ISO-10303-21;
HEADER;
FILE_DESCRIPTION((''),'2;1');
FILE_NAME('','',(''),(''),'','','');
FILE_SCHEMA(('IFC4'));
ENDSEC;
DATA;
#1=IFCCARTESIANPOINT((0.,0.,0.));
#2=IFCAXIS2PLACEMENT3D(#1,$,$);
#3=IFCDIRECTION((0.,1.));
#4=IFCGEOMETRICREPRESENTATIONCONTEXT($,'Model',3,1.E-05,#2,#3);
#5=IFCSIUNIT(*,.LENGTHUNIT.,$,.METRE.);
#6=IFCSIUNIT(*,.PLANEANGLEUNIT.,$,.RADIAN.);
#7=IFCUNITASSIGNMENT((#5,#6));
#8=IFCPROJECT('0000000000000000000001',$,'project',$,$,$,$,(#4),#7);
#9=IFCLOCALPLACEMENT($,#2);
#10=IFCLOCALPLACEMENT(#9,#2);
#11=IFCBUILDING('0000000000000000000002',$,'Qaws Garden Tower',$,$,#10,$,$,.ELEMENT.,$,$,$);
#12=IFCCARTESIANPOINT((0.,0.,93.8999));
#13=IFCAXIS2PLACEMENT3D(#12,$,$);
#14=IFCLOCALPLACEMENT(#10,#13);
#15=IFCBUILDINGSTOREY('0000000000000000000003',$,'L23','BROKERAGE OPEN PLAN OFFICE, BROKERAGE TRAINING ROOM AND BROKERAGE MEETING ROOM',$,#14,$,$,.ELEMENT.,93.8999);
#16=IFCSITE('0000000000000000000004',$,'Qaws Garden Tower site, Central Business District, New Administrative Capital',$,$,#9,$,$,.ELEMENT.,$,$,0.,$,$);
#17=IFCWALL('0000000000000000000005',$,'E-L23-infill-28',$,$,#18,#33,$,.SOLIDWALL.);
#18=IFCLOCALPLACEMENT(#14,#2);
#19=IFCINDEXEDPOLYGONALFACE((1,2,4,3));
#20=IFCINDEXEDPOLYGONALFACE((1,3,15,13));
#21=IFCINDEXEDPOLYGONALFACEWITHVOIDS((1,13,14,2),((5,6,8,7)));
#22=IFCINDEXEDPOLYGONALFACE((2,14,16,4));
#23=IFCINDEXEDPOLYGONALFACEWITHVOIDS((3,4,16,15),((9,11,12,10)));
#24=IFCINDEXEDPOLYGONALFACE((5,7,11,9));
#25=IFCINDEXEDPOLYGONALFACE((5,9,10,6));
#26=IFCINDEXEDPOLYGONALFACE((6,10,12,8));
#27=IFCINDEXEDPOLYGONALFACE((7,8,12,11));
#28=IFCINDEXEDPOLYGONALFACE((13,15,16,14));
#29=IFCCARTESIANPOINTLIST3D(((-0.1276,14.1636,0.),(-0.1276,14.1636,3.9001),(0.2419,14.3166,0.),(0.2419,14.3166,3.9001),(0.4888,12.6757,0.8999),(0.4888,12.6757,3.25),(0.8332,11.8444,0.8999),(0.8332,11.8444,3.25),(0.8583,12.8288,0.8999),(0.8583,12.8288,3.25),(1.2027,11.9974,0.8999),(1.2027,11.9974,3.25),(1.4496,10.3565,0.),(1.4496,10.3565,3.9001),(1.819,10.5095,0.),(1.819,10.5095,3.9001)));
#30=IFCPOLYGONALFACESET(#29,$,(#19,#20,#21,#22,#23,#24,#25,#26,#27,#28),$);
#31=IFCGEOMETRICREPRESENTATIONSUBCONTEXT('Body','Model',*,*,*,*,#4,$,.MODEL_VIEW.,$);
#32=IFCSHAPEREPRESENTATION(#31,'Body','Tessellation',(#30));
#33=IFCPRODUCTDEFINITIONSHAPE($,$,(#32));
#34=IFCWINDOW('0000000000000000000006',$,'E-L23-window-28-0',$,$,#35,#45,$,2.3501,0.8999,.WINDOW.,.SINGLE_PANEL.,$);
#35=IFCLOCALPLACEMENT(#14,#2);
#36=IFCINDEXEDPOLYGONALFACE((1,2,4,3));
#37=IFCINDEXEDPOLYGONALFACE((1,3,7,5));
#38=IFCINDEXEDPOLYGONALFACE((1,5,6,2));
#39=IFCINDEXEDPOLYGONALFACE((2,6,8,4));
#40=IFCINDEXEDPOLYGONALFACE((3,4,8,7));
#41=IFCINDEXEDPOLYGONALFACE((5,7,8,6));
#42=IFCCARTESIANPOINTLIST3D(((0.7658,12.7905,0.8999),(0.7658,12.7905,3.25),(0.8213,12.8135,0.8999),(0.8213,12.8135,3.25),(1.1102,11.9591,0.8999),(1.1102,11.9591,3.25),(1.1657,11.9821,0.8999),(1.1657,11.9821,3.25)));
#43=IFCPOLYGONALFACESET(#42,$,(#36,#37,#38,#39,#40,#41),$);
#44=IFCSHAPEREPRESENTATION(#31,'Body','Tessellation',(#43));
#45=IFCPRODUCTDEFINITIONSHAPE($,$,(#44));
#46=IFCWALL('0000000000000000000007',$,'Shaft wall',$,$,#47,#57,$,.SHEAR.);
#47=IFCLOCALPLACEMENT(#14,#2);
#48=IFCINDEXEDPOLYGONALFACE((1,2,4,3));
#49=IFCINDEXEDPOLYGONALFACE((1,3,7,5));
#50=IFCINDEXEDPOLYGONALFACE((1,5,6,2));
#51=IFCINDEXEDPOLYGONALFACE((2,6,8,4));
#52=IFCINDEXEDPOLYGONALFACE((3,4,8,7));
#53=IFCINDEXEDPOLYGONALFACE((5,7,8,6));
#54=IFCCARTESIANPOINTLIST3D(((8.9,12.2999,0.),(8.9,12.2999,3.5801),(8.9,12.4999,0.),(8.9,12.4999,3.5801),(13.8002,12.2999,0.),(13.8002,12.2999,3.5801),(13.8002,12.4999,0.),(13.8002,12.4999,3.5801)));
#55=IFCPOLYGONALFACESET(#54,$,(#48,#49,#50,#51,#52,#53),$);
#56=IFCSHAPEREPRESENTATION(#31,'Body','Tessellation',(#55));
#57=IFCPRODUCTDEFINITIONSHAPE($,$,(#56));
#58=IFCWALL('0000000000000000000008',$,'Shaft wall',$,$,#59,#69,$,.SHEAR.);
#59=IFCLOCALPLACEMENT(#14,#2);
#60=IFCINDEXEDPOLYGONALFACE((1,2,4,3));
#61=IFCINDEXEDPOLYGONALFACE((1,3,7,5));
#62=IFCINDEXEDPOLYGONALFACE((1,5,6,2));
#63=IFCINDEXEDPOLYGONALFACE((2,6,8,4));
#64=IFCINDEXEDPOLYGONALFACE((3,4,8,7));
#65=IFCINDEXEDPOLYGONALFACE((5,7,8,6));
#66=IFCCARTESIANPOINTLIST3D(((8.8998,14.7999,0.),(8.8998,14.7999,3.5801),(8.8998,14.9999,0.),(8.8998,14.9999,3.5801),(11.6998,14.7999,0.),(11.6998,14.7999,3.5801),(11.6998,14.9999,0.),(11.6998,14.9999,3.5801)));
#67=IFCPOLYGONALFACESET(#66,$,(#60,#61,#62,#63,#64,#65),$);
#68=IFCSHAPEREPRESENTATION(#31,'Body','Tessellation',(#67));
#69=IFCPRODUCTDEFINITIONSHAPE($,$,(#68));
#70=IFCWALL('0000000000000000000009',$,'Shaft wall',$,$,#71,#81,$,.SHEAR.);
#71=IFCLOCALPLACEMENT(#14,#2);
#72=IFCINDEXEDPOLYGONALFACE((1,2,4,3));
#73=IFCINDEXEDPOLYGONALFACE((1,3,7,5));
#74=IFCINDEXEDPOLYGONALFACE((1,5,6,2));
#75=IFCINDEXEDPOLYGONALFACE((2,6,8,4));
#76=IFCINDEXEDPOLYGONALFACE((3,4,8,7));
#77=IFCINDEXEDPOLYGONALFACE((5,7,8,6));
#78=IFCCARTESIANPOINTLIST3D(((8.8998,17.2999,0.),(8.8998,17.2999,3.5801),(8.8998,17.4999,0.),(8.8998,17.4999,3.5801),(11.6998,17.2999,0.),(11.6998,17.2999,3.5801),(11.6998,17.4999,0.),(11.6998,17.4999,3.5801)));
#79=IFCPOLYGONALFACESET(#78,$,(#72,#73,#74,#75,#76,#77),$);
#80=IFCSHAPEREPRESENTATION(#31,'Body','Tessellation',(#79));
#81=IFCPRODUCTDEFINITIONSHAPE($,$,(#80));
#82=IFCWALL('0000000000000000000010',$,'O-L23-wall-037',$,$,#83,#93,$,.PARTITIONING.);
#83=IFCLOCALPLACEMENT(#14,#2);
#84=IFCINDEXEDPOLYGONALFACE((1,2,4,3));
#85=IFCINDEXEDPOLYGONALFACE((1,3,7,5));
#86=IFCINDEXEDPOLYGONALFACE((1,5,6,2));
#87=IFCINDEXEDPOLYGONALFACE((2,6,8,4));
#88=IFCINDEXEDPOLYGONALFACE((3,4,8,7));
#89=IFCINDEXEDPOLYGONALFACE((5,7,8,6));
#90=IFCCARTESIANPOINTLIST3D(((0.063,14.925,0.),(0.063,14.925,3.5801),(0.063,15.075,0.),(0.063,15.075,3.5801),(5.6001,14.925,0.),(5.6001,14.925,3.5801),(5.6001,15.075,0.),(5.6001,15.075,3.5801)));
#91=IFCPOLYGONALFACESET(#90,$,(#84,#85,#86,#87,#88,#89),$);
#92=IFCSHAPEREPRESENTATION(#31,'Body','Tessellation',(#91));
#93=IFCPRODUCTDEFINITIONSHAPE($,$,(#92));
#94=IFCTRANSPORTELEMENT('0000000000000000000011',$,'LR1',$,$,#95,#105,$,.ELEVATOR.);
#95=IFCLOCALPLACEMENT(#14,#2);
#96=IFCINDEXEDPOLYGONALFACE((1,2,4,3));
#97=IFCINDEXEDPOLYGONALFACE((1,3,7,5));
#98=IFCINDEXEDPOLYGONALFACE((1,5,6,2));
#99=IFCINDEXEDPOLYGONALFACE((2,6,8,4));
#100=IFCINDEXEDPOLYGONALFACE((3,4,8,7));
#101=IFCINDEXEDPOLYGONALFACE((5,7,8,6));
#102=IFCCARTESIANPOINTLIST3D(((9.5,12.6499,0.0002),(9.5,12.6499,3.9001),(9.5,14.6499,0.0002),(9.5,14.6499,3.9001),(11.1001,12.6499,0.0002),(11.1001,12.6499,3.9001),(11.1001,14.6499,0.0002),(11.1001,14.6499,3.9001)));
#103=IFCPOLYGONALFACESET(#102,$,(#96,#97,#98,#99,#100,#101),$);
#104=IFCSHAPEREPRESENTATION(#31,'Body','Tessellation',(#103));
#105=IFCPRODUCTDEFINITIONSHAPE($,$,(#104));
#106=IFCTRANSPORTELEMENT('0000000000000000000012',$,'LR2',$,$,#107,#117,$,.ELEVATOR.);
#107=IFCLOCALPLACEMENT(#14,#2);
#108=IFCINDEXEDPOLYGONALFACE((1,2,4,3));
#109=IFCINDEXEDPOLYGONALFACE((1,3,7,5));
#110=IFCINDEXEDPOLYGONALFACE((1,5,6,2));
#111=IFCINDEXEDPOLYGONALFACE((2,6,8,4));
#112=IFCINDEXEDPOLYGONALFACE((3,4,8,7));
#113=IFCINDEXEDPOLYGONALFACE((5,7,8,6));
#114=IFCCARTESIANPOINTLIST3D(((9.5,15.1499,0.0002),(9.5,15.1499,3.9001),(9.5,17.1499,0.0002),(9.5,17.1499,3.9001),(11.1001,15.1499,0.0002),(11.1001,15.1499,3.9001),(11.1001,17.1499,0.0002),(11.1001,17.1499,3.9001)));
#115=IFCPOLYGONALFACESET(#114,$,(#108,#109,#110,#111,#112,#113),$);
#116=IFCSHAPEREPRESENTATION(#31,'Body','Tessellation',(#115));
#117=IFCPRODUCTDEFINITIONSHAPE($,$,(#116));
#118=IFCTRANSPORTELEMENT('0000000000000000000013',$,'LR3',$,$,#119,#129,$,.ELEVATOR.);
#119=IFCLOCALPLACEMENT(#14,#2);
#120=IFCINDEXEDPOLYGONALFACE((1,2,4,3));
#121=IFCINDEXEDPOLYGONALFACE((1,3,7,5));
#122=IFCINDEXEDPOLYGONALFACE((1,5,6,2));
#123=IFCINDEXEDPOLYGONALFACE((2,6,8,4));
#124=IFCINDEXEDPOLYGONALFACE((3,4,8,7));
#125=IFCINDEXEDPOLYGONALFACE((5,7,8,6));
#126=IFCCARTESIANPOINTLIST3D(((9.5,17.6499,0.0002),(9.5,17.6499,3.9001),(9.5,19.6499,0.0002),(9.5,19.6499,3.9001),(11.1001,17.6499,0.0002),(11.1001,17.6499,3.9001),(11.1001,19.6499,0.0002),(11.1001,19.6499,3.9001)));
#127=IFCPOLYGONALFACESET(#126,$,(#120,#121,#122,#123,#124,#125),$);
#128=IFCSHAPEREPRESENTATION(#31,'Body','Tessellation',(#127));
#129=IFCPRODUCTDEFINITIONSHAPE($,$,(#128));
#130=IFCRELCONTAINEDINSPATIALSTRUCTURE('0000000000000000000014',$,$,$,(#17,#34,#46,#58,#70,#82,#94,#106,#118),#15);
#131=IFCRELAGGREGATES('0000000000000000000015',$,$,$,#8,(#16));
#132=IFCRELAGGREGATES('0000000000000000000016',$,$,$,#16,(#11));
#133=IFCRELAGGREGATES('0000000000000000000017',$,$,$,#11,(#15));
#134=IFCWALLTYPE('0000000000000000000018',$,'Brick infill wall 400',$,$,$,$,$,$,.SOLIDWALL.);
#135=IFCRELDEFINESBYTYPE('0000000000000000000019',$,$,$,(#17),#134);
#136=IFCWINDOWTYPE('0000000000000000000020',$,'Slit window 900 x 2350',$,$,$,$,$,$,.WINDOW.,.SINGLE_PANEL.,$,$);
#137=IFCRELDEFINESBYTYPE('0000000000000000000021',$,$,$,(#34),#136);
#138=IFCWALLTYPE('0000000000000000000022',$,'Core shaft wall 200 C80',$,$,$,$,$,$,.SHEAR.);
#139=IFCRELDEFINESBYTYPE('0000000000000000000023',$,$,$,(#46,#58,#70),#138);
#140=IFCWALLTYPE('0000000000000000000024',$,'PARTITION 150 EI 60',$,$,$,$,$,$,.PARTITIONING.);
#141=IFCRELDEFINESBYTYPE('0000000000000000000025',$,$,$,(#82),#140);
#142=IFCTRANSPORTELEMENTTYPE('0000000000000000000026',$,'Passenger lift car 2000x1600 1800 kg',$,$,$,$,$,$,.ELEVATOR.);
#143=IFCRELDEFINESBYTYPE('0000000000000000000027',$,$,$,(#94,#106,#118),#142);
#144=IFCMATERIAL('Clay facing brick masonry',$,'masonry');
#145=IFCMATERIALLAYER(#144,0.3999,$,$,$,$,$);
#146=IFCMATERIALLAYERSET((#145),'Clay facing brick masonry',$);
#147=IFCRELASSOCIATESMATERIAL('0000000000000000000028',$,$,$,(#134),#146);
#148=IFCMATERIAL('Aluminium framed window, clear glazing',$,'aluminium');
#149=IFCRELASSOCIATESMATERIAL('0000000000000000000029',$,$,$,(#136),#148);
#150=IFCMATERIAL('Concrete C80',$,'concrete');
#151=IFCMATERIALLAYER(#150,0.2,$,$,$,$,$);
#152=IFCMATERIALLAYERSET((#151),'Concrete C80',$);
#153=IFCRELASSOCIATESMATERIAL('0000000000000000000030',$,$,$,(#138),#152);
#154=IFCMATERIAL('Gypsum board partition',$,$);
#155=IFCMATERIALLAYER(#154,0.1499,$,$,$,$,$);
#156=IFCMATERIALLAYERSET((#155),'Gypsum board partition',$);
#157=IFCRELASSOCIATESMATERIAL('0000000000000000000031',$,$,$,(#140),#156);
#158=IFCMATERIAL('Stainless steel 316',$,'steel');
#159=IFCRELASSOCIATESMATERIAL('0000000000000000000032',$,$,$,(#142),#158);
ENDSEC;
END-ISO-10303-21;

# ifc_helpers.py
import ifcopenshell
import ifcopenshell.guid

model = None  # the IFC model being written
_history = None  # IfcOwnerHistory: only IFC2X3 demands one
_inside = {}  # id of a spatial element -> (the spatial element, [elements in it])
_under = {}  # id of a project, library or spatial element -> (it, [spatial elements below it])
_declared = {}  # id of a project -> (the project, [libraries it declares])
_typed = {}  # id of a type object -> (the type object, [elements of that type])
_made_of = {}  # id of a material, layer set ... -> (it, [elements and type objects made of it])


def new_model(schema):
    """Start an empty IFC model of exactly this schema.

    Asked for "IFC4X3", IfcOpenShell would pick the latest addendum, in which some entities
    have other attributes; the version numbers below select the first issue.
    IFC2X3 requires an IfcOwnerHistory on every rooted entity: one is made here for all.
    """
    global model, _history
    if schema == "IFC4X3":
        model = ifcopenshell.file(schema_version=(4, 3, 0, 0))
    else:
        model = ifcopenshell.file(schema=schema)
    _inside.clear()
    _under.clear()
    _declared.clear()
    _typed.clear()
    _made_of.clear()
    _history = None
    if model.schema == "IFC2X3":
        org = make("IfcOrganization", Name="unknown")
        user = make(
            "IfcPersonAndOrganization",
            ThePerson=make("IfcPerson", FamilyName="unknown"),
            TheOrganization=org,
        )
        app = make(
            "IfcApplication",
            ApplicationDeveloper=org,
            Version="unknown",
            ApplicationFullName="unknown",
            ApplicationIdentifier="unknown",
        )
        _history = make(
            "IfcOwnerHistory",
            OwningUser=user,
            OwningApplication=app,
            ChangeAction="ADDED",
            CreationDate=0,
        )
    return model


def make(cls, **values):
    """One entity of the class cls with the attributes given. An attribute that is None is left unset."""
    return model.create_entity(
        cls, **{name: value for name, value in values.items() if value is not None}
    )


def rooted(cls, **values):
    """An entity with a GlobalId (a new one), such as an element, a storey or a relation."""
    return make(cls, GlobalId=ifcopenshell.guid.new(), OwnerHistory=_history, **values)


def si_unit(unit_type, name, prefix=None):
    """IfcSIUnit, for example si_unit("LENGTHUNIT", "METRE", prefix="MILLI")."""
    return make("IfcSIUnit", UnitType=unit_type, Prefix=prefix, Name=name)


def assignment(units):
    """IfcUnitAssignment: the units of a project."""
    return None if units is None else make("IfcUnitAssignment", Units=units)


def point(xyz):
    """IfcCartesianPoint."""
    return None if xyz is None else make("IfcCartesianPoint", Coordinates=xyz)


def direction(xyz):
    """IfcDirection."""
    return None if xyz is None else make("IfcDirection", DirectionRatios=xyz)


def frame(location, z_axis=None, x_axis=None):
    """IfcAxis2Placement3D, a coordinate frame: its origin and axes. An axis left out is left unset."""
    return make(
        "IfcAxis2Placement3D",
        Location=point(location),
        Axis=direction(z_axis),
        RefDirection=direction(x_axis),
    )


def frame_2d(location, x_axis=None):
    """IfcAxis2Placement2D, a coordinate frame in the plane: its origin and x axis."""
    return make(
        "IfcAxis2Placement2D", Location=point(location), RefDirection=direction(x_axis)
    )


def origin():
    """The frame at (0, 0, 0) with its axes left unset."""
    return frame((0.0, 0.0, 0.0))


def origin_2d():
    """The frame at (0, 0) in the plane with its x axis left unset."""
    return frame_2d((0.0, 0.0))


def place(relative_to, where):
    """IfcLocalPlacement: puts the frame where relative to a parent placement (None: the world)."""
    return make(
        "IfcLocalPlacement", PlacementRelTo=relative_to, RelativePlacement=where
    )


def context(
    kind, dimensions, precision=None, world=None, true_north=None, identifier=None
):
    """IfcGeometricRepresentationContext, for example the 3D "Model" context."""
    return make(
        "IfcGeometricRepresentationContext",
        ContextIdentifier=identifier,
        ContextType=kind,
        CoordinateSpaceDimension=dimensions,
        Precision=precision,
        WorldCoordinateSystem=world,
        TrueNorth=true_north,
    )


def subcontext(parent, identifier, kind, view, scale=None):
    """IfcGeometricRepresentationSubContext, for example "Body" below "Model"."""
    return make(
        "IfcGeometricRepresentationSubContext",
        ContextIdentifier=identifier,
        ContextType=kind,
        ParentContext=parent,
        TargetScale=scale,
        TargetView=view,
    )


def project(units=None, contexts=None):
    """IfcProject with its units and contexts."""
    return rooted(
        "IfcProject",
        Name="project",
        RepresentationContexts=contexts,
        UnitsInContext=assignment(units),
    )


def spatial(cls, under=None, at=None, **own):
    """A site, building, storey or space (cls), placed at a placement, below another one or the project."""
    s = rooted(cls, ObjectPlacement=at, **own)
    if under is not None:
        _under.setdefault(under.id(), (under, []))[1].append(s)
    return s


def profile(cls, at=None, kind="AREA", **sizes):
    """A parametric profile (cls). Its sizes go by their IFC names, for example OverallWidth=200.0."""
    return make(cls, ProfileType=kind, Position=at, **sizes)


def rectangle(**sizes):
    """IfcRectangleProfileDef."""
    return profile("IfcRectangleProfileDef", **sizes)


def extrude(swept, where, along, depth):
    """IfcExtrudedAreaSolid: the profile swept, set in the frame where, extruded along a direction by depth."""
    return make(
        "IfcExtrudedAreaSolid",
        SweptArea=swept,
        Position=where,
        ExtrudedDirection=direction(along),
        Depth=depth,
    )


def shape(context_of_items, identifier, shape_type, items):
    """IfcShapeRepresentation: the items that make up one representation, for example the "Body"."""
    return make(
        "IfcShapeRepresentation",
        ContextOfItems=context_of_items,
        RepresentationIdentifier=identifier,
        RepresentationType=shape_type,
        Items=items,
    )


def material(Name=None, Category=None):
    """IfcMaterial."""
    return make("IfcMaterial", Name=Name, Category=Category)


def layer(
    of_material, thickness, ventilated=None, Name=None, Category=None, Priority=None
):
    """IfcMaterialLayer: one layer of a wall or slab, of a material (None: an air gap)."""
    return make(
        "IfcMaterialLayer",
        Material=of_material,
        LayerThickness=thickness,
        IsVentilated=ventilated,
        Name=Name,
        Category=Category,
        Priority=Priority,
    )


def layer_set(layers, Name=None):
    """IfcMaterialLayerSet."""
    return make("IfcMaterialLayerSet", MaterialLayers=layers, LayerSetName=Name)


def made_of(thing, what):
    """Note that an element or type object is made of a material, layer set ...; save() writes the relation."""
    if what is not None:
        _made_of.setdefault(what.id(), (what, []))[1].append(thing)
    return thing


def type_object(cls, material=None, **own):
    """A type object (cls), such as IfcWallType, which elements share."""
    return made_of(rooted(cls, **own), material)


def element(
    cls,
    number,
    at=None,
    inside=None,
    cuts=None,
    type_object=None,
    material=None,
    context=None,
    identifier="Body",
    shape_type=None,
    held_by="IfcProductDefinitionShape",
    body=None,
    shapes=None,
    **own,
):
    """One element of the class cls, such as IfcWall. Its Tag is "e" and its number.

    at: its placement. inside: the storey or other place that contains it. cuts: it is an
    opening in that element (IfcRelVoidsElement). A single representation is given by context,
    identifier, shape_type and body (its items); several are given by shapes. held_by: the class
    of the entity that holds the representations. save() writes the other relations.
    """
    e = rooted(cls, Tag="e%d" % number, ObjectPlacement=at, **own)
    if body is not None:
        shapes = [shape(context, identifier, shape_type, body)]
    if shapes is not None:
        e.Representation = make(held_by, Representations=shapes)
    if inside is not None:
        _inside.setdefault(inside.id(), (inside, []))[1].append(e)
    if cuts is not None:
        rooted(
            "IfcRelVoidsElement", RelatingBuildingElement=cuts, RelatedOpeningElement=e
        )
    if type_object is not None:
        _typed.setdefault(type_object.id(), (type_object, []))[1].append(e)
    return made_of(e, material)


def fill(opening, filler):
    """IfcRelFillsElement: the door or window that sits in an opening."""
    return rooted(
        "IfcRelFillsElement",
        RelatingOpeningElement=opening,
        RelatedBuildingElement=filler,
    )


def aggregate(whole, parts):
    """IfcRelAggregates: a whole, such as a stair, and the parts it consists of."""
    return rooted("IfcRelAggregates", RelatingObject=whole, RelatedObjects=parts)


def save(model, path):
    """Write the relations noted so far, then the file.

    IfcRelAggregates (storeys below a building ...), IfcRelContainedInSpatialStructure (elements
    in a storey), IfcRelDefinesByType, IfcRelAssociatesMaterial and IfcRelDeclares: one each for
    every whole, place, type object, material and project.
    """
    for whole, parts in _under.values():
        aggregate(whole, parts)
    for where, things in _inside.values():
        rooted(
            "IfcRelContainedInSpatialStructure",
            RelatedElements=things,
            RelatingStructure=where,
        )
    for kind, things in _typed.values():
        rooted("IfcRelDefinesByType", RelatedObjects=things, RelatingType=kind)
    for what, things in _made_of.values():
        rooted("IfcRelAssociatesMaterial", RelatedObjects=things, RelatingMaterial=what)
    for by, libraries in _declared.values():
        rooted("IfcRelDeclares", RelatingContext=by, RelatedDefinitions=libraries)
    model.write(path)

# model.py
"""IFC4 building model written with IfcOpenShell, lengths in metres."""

from ifc_helpers import new_model, si_unit, direction, frame, frame_2d, origin, origin_2d, place, context, subcontext, project, spatial, rectangle, extrude, material, layer, layer_set, type_object, element, fill, save


model = new_model("IFC4")

# Units and contexts
model_context = context("Model", 3, precision=1e-05, world=origin(), true_north=direction((0.0, 1.0)))
body_context = subcontext(model_context, "Body", "Model", "MODEL_VIEW")
ifc_project = project(units=[si_unit("LENGTHUNIT", "METRE"), si_unit("PLANEANGLEUNIT", "RADIAN")], contexts=[model_context])

# Site, building, storey
site_placement = place(None, origin())
site = spatial("IfcSite", under=ifc_project, at=site_placement, Name="Qaws Garden Tower site, Central Business District, New Administrative Capital", CompositionType="ELEMENT", RefElevation=0.0)
building_placement = place(site_placement, origin())
building = spatial("IfcBuilding", under=site, at=building_placement, Name="Qaws Garden Tower", CompositionType="ELEMENT")
storey_placement = place(building_placement, frame((0.0, 0.0, 93.8999)))
storey = spatial("IfcBuildingStorey", under=building, at=storey_placement, Name="L23", Description="BROKERAGE OPEN PLAN OFFICE, BROKERAGE TRAINING ROOM AND BROKERAGE MEETING ROOM", CompositionType="ELEMENT", Elevation=93.8999)

# Wall, opening, window
ifc_material_1 = material(Name="Clay facing brick masonry", Category="masonry")
ifc_layer_1 = layer(ifc_material_1, 0.3999)
ifc_layer_set_1 = layer_set([ifc_layer_1], Name="Clay facing brick masonry")
wall_type_1 = type_object("IfcWallType", Name="Brick infill wall 400", PredefinedType="SOLIDWALL", material=ifc_layer_set_1)
wall_1_placement = place(storey_placement, frame((0.0571, 14.2402, 0.0), z_axis=(0.0, 0.0, 1.0), x_axis=(0.382722, -0.923864, 0.0)))
wall_1 = element("IfcWall", 1, at=wall_1_placement, inside=storey, type_object=wall_type_1, Name="E-L23-infill-28", PredefinedType="SOLIDWALL", context=body_context, shape_type="SweptSolid", body=[
    extrude(rectangle(XDim=4.1208, YDim=0.3999, at=frame_2d((2.0605, 0.0))), origin(), (0.0, 0.0, 1.0), 3.9001),
])
opening_placement = place(wall_1_placement, frame((1.6106, 0.0, 0.8999)))
opening = element("IfcOpeningElement", 2, at=opening_placement, cuts=wall_1, PredefinedType="OPENING", context=body_context, shape_type="SweptSolid", body=[
    extrude(rectangle(XDim=0.8999, YDim=2.3501, at=frame_2d((0.45, 1.175))), frame((0.0, 0.21, 0.0), z_axis=(0.0, -1.0, 0.0), x_axis=(1.0, 0.0, 0.0)), (0.0, 0.0, 1.0), 0.4199),
])
ifc_material_2 = material(Name="Aluminium framed window, clear glazing", Category="aluminium")
window_type = type_object("IfcWindowType", Name="Slit window 900 x 2350", PartitioningType="SINGLE_PANEL", PredefinedType="WINDOW", material=ifc_material_2)
window_placement = place(opening_placement, origin())
window = element("IfcWindow", 3, at=window_placement, inside=storey, type_object=window_type, Name="E-L23-window-28-0", OverallHeight=2.3501, OverallWidth=0.8999, PartitioningType="SINGLE_PANEL", PredefinedType="WINDOW", context=body_context, shape_type="SweptSolid", body=[
    extrude(rectangle(XDim=0.8999, YDim=2.3501, at=frame_2d((0.45, 1.175))), frame((0.0, 0.1599, 0.0), z_axis=(0.0, -1.0, 0.0), x_axis=(1.0, 0.0, 0.0)), (0.0, 0.0, 1.0), 0.0601),
])
fill(opening, window)

# Walls
ifc_material_3 = material(Name="Concrete C80", Category="concrete")
ifc_layer_2 = layer(ifc_material_3, 0.2)
ifc_layer_set_2 = layer_set([ifc_layer_2], Name="Concrete C80")
wall_type_2 = type_object("IfcWallType", Name="Core shaft wall 200 C80", PredefinedType="SHEAR", material=ifc_layer_set_2)
wall_2_placement = place(storey_placement, frame((8.8999, 12.3999, 0.0), z_axis=(0.0, 0.0, 1.0), x_axis=(1.0, 0.0, 0.0)))
element("IfcWall", 4, at=wall_2_placement, inside=storey, type_object=wall_type_2, Name="Shaft wall", PredefinedType="SHEAR", context=body_context, shape_type="SweptSolid", body=[
    extrude(rectangle(XDim=4.9001, YDim=0.2, at=frame_2d((2.4502, 0.0))), origin(), (0.0, 0.0, 1.0), 3.5801),
])
for number, where, z_axis, x_axis, name in (
    (5, (8.8999, 14.8999, 0.0), (0.0, 0.0, 1.0), (1.0, 0.0, 0.0), "Shaft wall"),
    (6, (8.8999, 17.3999, 0.0), (0.0, 0.0, 1.0), (1.0, 0.0, 0.0), "Shaft wall"),
):
    element("IfcWall", number, at=place(storey_placement, frame(where, z_axis=z_axis, x_axis=x_axis)), inside=storey, type_object=wall_type_2, Name=name, PredefinedType="SHEAR", context=body_context, shape_type="SweptSolid", body=[
        extrude(rectangle(XDim=2.8, YDim=0.2, at=frame_2d((1.3999, 0.0))), origin(), (0.0, 0.0, 1.0), 3.5801),
    ])
ifc_material_4 = material(Name="Gypsum board partition")
ifc_layer_3 = layer(ifc_material_4, 0.1499)
ifc_layer_set_3 = layer_set([ifc_layer_3], Name="Gypsum board partition")
wall_type_3 = type_object("IfcWallType", Name="PARTITION 150 EI 60", PredefinedType="PARTITIONING", material=ifc_layer_set_3)
wall_3_placement = place(storey_placement, frame((0.063, 15.0, 0.0), z_axis=(0.0, 0.0, 1.0), x_axis=(1.0, 0.0, 0.0)))
element("IfcWall", 7, at=wall_3_placement, inside=storey, type_object=wall_type_3, Name="O-L23-wall-037", PredefinedType="PARTITIONING", context=body_context, shape_type="SweptSolid", body=[
    extrude(rectangle(XDim=5.5371, YDim=0.1499, at=frame_2d((2.7686, 0.0))), origin(), (0.0, 0.0, 1.0), 3.5801),
])

# Transport elements
ifc_material_5 = material(Name="Stainless steel 316", Category="steel")
transport_element_type = type_object("IfcTransportElementType", Name="Passenger lift car 2000x1600 1800 kg", PredefinedType="ELEVATOR", material=ifc_material_5)
for number, where, z_axis, x_axis, name in (
    (8, (10.3, 13.6499, 0.0002), (0.0, 0.0, 1.0), (1.0, 0.0, 0.0), "LR1"),
    (9, (10.3, 16.1499, 0.0002), (0.0, 0.0, 1.0), (1.0, 0.0, 0.0), "LR2"),
    (10, (10.3, 18.6499, 0.0002), (0.0, 0.0, 1.0), (1.0, 0.0, 0.0), "LR3"),
):
    element("IfcTransportElement", number, at=place(storey_placement, frame(where, z_axis=z_axis, x_axis=x_axis)), inside=storey, type_object=transport_element_type, Name=name, PredefinedType="ELEVATOR", context=body_context, shape_type="SweptSolid", body=[
        extrude(rectangle(XDim=1.6001, YDim=2.0, at=origin_2d()), origin(), (0.0, 0.0, 1.0), 3.8999),
    ])

save(model, "model.ifc")
